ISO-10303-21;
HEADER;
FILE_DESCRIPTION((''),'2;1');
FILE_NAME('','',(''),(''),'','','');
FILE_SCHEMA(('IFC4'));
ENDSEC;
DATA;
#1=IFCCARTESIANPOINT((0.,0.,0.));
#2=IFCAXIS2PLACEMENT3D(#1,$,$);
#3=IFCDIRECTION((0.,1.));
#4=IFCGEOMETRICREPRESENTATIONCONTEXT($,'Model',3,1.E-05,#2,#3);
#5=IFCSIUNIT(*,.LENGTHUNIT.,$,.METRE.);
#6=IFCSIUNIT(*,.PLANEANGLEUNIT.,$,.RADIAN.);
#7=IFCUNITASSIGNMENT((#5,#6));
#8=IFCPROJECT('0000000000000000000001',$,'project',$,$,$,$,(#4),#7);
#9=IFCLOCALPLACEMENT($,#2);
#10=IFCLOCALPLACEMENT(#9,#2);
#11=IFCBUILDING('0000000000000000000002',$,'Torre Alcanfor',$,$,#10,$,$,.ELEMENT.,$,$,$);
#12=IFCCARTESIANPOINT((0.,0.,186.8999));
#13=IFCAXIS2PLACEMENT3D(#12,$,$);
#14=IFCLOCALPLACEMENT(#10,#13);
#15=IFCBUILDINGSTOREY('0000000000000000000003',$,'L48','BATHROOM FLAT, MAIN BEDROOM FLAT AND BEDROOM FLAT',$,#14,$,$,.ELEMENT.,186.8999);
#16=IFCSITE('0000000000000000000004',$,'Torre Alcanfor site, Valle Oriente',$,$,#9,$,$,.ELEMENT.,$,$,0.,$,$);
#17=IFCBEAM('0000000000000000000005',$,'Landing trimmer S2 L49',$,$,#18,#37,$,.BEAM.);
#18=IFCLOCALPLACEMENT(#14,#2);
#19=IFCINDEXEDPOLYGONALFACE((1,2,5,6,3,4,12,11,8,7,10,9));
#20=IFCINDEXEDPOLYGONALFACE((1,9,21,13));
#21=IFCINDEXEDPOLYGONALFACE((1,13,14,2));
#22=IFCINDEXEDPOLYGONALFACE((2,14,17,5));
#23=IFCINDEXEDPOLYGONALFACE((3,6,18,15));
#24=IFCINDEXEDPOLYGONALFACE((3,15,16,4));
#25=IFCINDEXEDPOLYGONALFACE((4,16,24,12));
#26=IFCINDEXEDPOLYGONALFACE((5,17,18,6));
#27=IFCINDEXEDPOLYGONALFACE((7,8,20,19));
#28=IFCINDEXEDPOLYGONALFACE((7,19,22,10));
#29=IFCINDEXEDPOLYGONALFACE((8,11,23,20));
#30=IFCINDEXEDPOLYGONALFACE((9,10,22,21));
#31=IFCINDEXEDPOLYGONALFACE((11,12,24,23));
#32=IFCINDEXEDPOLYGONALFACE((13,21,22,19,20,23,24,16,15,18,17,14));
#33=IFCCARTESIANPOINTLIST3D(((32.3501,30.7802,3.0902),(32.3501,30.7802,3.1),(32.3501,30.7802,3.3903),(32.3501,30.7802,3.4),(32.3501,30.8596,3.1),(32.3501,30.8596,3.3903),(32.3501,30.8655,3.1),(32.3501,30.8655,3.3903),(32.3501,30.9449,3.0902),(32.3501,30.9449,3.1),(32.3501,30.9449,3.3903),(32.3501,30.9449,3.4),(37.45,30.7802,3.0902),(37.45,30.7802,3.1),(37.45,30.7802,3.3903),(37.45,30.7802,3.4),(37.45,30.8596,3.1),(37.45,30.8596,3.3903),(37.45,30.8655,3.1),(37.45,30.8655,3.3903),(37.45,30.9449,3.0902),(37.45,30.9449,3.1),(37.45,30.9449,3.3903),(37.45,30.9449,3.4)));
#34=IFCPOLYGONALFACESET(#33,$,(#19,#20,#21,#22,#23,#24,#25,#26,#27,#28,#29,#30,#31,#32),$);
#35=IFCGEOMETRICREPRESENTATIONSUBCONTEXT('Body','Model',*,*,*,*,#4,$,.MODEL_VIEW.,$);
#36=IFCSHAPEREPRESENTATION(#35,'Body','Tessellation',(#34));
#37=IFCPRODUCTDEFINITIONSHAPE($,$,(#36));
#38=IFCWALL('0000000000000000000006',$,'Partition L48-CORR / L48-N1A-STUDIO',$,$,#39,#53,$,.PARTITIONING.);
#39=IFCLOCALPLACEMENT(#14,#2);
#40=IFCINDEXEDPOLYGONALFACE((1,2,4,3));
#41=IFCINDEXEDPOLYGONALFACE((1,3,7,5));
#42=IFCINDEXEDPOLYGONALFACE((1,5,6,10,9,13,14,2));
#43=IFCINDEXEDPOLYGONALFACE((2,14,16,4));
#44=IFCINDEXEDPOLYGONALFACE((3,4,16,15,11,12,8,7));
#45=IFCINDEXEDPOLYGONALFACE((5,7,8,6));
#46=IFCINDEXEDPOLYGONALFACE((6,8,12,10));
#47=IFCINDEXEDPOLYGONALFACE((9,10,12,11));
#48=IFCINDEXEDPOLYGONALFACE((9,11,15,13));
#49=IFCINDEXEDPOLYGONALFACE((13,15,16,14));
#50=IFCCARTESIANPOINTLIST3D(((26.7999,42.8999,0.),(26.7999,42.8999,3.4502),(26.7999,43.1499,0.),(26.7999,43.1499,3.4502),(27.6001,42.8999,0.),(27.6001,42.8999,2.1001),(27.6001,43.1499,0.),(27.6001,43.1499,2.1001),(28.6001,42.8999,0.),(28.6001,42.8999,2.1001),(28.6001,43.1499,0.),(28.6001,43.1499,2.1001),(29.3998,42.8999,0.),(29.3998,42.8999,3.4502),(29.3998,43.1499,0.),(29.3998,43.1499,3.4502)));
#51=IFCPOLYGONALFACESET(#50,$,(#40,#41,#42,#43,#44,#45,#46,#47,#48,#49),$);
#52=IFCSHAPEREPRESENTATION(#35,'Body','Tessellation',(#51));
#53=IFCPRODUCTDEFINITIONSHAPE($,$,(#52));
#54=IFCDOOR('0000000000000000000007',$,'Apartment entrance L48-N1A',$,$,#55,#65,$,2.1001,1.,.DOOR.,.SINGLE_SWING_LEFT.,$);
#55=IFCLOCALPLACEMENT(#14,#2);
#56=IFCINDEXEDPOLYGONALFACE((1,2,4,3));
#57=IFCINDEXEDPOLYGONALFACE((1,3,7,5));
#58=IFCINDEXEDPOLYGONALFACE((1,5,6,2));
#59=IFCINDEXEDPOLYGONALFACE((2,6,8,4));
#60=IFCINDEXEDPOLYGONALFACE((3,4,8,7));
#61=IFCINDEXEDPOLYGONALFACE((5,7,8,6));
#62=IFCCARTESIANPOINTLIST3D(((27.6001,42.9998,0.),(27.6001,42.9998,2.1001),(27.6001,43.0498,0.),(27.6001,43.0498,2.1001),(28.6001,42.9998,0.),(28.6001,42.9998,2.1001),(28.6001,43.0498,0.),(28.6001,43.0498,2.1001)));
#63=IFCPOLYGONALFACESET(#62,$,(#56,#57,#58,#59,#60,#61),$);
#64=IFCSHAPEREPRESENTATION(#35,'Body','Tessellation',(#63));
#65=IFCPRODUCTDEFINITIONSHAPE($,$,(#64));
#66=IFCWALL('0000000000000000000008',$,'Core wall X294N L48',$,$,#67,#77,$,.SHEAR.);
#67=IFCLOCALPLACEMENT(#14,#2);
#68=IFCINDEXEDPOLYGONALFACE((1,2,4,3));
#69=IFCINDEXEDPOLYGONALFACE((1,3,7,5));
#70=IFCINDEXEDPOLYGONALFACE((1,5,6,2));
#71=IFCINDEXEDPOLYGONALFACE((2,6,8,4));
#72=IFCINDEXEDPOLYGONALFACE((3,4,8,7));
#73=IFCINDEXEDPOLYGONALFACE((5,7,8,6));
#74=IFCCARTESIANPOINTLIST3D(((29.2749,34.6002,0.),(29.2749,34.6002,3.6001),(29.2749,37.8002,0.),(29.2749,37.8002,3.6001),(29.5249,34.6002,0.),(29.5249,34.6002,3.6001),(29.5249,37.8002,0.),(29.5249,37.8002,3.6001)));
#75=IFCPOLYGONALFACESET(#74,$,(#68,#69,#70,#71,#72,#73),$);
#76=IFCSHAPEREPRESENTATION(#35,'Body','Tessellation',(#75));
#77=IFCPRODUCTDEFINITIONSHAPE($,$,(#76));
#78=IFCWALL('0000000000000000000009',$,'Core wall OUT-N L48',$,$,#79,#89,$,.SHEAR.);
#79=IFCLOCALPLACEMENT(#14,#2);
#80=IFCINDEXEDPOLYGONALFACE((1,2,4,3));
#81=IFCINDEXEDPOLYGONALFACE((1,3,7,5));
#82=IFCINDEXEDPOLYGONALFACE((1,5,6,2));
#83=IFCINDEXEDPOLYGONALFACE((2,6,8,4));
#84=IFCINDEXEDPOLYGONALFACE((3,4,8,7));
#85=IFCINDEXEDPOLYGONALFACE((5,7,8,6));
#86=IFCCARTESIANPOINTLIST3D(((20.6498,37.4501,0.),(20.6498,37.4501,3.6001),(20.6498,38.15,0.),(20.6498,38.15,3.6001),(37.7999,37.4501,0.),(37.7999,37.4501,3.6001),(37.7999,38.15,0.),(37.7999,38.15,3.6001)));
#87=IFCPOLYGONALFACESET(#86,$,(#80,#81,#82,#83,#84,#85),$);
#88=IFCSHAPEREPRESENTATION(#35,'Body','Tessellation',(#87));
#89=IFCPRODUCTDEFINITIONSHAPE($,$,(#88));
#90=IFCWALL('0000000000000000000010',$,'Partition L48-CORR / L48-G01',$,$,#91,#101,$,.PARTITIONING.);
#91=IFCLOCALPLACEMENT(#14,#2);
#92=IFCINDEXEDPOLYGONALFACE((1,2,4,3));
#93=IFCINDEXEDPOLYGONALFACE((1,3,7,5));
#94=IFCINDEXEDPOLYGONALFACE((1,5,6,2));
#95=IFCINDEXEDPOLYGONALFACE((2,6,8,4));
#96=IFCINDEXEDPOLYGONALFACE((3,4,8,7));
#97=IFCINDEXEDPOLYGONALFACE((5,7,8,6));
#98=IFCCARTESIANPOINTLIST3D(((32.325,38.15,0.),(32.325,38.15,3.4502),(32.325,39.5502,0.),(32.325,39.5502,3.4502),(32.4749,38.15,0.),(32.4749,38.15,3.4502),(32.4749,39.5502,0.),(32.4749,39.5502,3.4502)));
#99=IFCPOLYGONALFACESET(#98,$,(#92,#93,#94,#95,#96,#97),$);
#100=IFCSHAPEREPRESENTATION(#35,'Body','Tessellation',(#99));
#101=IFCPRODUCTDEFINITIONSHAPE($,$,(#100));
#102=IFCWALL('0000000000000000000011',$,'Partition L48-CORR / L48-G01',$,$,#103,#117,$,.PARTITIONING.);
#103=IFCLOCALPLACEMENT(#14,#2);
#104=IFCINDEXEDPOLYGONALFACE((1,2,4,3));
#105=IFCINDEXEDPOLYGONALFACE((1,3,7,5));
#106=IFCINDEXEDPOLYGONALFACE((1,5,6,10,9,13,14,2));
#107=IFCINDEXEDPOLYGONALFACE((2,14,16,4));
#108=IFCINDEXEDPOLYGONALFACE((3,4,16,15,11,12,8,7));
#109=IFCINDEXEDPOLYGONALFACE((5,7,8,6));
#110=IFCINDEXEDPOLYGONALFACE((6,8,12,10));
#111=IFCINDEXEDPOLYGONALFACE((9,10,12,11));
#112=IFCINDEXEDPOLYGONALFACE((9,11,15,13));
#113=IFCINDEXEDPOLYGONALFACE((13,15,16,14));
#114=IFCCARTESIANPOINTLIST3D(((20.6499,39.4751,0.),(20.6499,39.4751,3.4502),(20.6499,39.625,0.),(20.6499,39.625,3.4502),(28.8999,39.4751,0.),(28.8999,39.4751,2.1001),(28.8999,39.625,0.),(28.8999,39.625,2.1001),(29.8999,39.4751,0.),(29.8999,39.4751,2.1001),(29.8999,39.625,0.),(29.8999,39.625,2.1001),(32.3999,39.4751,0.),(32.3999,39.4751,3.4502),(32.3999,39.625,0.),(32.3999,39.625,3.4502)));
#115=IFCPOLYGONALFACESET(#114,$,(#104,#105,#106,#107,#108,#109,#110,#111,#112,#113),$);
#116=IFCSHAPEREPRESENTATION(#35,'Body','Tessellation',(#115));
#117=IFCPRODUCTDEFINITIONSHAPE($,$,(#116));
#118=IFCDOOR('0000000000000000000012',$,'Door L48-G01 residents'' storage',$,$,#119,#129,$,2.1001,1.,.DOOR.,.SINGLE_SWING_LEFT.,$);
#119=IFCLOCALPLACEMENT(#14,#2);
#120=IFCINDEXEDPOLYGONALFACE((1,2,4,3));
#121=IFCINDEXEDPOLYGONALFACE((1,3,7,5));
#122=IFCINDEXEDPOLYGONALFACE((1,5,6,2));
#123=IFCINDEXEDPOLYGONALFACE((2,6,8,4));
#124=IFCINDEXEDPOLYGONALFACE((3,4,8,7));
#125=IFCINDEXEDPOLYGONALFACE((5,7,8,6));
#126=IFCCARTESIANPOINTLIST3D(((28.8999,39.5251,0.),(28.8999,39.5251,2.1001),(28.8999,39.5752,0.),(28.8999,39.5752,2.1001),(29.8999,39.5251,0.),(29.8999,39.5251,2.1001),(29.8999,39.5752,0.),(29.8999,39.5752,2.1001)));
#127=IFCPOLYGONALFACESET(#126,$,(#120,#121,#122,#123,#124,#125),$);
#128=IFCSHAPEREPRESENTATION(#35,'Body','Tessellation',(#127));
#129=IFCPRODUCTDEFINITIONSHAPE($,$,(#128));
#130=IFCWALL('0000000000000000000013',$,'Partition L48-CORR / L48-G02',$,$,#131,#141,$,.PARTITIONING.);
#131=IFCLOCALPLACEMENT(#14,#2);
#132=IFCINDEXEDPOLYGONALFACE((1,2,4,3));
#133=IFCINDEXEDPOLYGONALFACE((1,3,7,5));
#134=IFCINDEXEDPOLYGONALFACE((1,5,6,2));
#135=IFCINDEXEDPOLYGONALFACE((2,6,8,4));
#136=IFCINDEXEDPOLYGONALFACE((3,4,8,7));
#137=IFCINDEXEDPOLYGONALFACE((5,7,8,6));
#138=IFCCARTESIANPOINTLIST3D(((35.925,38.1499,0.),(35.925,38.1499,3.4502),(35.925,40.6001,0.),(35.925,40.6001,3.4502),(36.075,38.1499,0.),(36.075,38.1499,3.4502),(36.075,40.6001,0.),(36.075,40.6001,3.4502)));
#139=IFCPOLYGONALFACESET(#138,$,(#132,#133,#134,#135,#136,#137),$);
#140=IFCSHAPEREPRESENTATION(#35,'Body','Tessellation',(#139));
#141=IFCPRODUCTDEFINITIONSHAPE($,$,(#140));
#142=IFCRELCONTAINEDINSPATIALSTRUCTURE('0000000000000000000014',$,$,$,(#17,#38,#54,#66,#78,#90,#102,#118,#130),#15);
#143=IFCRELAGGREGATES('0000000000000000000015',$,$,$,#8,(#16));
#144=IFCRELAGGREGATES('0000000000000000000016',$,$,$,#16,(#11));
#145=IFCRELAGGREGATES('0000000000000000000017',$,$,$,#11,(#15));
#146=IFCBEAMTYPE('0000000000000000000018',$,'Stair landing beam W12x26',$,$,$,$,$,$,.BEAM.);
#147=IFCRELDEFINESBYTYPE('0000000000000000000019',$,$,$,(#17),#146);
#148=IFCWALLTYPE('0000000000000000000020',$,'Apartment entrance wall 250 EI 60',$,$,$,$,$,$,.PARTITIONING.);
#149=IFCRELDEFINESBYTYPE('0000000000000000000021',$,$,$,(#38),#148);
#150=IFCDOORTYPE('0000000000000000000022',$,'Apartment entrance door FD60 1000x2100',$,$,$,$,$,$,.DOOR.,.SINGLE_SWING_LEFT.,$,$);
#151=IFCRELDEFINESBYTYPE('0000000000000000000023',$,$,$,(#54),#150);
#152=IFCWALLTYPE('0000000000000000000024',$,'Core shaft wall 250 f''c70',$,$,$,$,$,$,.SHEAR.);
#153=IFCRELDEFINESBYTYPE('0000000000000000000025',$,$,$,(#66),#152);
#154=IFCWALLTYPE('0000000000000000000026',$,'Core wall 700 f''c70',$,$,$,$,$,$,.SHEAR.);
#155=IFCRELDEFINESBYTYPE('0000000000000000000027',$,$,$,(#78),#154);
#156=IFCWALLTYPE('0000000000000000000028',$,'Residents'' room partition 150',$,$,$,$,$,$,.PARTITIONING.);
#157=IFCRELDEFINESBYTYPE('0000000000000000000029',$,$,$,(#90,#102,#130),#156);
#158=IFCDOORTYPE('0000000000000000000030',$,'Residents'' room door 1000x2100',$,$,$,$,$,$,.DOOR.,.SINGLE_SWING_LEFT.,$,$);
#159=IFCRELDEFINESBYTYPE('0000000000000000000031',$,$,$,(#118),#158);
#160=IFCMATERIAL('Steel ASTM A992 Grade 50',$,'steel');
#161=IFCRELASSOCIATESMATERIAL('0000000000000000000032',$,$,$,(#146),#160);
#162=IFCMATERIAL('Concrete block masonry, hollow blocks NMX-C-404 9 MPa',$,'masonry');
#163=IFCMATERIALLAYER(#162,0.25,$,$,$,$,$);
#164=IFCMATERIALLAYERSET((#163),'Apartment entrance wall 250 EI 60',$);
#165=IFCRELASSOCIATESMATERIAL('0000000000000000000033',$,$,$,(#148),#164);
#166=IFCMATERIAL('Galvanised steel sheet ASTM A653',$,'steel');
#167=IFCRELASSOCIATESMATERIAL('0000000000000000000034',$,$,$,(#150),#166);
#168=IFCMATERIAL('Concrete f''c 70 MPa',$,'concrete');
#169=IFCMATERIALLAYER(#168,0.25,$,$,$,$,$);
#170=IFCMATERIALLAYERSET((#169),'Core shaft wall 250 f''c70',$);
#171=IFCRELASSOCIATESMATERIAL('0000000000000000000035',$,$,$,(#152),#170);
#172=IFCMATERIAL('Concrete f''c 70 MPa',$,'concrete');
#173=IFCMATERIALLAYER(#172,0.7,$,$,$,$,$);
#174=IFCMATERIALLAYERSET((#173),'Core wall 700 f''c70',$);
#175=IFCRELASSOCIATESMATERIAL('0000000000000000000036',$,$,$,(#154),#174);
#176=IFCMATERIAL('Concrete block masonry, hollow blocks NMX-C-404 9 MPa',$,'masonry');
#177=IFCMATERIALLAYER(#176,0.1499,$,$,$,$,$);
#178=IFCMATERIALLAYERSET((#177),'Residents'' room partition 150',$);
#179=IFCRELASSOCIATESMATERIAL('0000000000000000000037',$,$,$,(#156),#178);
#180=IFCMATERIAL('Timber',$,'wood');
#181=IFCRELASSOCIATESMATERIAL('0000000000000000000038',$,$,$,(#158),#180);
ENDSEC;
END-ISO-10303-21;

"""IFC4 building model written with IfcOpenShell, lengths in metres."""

from ifc_helpers import new_model, si_unit, direction, frame, frame_2d, origin, origin_2d, place, context, subcontext, project, spatial, rectangle, i_section, extrude, material, layer, layer_set, material_profile, profile_set, type_object, element, fill, save


model = new_model("IFC4")

# Units and contexts
model_context = context("Model", 3, precision=1e-05, world=origin(), true_north=direction((0.0, 1.0)))
body_context = subcontext(model_context, "Body", "Model", "MODEL_VIEW")
ifc_project = project(units=[si_unit("LENGTHUNIT", "METRE"), si_unit("PLANEANGLEUNIT", "RADIAN")], contexts=[model_context])

# Site, building, storey
site_placement = place(None, origin())
site = spatial("IfcSite", under=ifc_project, at=site_placement, Name="Torre Alcanfor site, Valle Oriente", CompositionType="ELEMENT", RefElevation=0.0)
building_placement = place(site_placement, origin())
building = spatial("IfcBuilding", under=site, at=building_placement, Name="Torre Alcanfor", CompositionType="ELEMENT")
storey_placement = place(building_placement, frame((0.0, 0.0, 186.8999)))
storey = spatial("IfcBuildingStorey", under=building, at=storey_placement, Name="L48", Description="BATHROOM FLAT, MAIN BEDROOM FLAT AND BEDROOM FLAT", CompositionType="ELEMENT", Elevation=186.8999)

# Beam
ifc_material_1 = material(Name="Steel ASTM A992 Grade 50", Category="steel")
ifc_material_profile_1 = material_profile(ifc_material_1, i_section(OverallWidth=0.1648, OverallDepth=0.3098, WebThickness=0.0059, FlangeThickness=0.0098, at=origin_2d()), Name="W12x26")
ifc_profile_set_1 = profile_set([ifc_material_profile_1], Name="Steel ASTM A992 Grade 50")
beam_type_1 = type_object("IfcBeamType", Name="Stair landing beam W12x26", PredefinedType="BEAM", material=ifc_profile_set_1)
beam_1_placement = place(storey_placement, frame((32.3501, 30.8625, 3.2451), z_axis=(1.0, 0.0, 0.0), x_axis=(0.0, 1.0, 0.0)))
element("IfcBeam", 1, at=beam_1_placement, inside=storey, type_object=beam_type_1, Name="Landing trimmer S2 L49", PredefinedType="BEAM", context=body_context, shape_type="SweptSolid", body=[
    extrude(i_section(OverallWidth=0.1648, OverallDepth=0.3098, WebThickness=0.0059, FlangeThickness=0.0098, at=origin_2d()), origin(), (0.0, 0.0, 1.0), 5.0999),
])

# Wall, opening, door
ifc_material_2 = material(Name="Concrete block masonry, hollow blocks NMX-C-404 9 MPa", Category="masonry")
ifc_layer_1 = layer(ifc_material_2, 0.25)
ifc_layer_set_1 = layer_set([ifc_layer_1], Name="Apartment entrance wall 250 EI 60")
wall_type_1 = type_object("IfcWallType", Name="Apartment entrance wall 250 EI 60", PredefinedType="PARTITIONING", material=ifc_layer_set_1)
wall_1_placement = place(storey_placement, frame((26.8, 43.0249, 0.0), z_axis=(0.0, 0.0, 1.0), x_axis=(1.0, 0.0, 0.0)))
wall_1 = element("IfcWall", 2, at=wall_1_placement, inside=storey, type_object=wall_type_1, Name="Partition L48-CORR / L48-N1A-STUDIO", PredefinedType="PARTITIONING", context=body_context, shape_type="SweptSolid", body=[
    extrude(rectangle(XDim=2.5999, YDim=0.25, at=frame_2d((1.2998, 0.0))), origin(), (0.0, 0.0, 1.0), 3.4502),
])
opening_1_placement = place(wall_1_placement, frame((0.8, 0.0, 0.0)))
opening_1 = element("IfcOpeningElement", 3, at=opening_1_placement, cuts=wall_1, PredefinedType="OPENING", context=body_context, shape_type="SweptSolid", body=[
    extrude(rectangle(XDim=1.0, YDim=2.1001, at=frame_2d((0.5, 1.05))), frame((0.0, 0.135, 0.0), z_axis=(0.0, -1.0, 0.0), x_axis=(1.0, 0.0, 0.0)), (0.0, 0.0, 1.0), 0.27),
])
ifc_material_3 = material(Name="Galvanised steel sheet ASTM A653", Category="steel")
door_type_1 = type_object("IfcDoorType", Name="Apartment entrance door FD60 1000x2100", OperationType="SINGLE_SWING_LEFT", PredefinedType="DOOR", material=ifc_material_3)
door_1_placement = place(opening_1_placement, origin())
door_1 = element("IfcDoor", 4, at=door_1_placement, inside=storey, type_object=door_type_1, Name="Apartment entrance L48-N1A", OperationType="SINGLE_SWING_LEFT", OverallHeight=2.1001, OverallWidth=1.0, PredefinedType="DOOR", context=body_context, shape_type="SweptSolid", body=[
    extrude(rectangle(XDim=1.0, YDim=2.1001, at=frame_2d((0.5, 1.05))), frame((0.0, 0.0249, 0.0), z_axis=(0.0, -1.0, 0.0), x_axis=(1.0, 0.0, 0.0)), (0.0, 0.0, 1.0), 0.05),
])
fill(opening_1, door_1)

# Walls
ifc_material_4 = material(Name="Concrete f'c 70 MPa", Category="concrete")
ifc_layer_2 = layer(ifc_material_4, 0.25)
ifc_layer_set_2 = layer_set([ifc_layer_2], Name="Core shaft wall 250 f'c70")
wall_type_2 = type_object("IfcWallType", Name="Core shaft wall 250 f'c70", PredefinedType="SHEAR", material=ifc_layer_set_2)
wall_2_placement = place(storey_placement, frame((29.3999, 34.6001, 0.0), z_axis=(0.0, 0.0, 1.0), x_axis=(0.0, 1.0, 0.0)))
element("IfcWall", 5, at=wall_2_placement, inside=storey, type_object=wall_type_2, Name="Core wall X294N L48", PredefinedType="SHEAR", context=body_context, shape_type="SweptSolid", body=[
    extrude(rectangle(XDim=3.2, YDim=0.25, at=frame_2d((1.6001, 0.0))), origin(), (0.0, 0.0, 1.0), 3.6001),
])
ifc_material_5 = material(Name="Concrete f'c 70 MPa", Category="concrete")
ifc_layer_3 = layer(ifc_material_5, 0.7)
ifc_layer_set_3 = layer_set([ifc_layer_3], Name="Core wall 700 f'c70")
wall_type_3 = type_object("IfcWallType", Name="Core wall 700 f'c70", PredefinedType="SHEAR", material=ifc_layer_set_3)
wall_3_placement = place(storey_placement, frame((37.8, 37.8, 0.0), z_axis=(0.0, 0.0, 1.0), x_axis=(-1.0, 0.0, 0.0)))
element("IfcWall", 6, at=wall_3_placement, inside=storey, type_object=wall_type_3, Name="Core wall OUT-N L48", PredefinedType="SHEAR", context=body_context, shape_type="SweptSolid", body=[
    extrude(rectangle(XDim=17.1501, YDim=0.7, at=frame_2d((8.5752, 0.0))), origin(), (0.0, 0.0, 1.0), 3.6001),
])
ifc_material_6 = material(Name="Concrete block masonry, hollow blocks NMX-C-404 9 MPa", Category="masonry")
ifc_layer_4 = layer(ifc_material_6, 0.1499)
ifc_layer_set_4 = layer_set([ifc_layer_4], Name="Residents' room partition 150")
wall_type_4 = type_object("IfcWallType", Name="Residents' room partition 150", PredefinedType="PARTITIONING", material=ifc_layer_set_4)
wall_4_placement = place(storey_placement, frame((32.3999, 38.1499, 0.0), z_axis=(0.0, 0.0, 1.0), x_axis=(0.0, 1.0, 0.0)))
element("IfcWall", 7, at=wall_4_placement, inside=storey, type_object=wall_type_4, Name="Partition L48-CORR / L48-G01", PredefinedType="PARTITIONING", context=body_context, shape_type="SweptSolid", body=[
    extrude(rectangle(XDim=1.4001, YDim=0.1499, at=frame_2d((0.7002, 0.0))), origin(), (0.0, 0.0, 1.0), 3.4502),
])

# Wall, opening, door
wall_5_placement = place(storey_placement, frame((32.3999, 39.55, 0.0), z_axis=(0.0, 0.0, 1.0), x_axis=(-1.0, 0.0, 0.0)))
wall_5 = element("IfcWall", 8, at=wall_5_placement, inside=storey, type_object=wall_type_4, Name="Partition L48-CORR / L48-G01", PredefinedType="PARTITIONING", context=body_context, shape_type="SweptSolid", body=[
    extrude(rectangle(XDim=11.75, YDim=0.1499, at=frame_2d((5.875, 0.0))), origin(), (0.0, 0.0, 1.0), 3.4502),
])
opening_2_placement = place(wall_5_placement, frame((2.5, 0.0, 0.0)))
opening_2 = element("IfcOpeningElement", 9, at=opening_2_placement, cuts=wall_5, PredefinedType="OPENING", context=body_context, shape_type="SweptSolid", body=[
    extrude(rectangle(XDim=1.0, YDim=2.1001, at=frame_2d((0.5, 1.05))), frame((0.0, 0.085, 0.0), z_axis=(0.0, -1.0, 0.0), x_axis=(1.0, 0.0, 0.0)), (0.0, 0.0, 1.0), 0.1699),
])
ifc_material_7 = material(Name="Timber", Category="wood")
door_type_2 = type_object("IfcDoorType", Name="Residents' room door 1000x2100", OperationType="SINGLE_SWING_LEFT", PredefinedType="DOOR", material=ifc_material_7)
door_2_placement = place(opening_2_placement, origin())
door_2 = element("IfcDoor", 10, at=door_2_placement, inside=storey, type_object=door_type_2, Name="Door L48-G01 residents' storage", OperationType="SINGLE_SWING_LEFT", OverallHeight=2.1001, OverallWidth=1.0, PredefinedType="DOOR", context=body_context, shape_type="SweptSolid", body=[
    extrude(rectangle(XDim=1.0, YDim=2.1001, at=frame_2d((0.5, 1.05))), frame((0.0, 0.0249, 0.0), z_axis=(0.0, -1.0, 0.0), x_axis=(1.0, 0.0, 0.0)), (0.0, 0.0, 1.0), 0.05),
])
fill(opening_2, door_2)

# Wall
wall_6_placement = place(storey_placement, frame((36.0, 40.6001, 0.0), z_axis=(0.0, 0.0, 1.0), x_axis=(0.0, -1.0, 0.0)))
element("IfcWall", 11, at=wall_6_placement, inside=storey, type_object=wall_type_4, Name="Partition L48-CORR / L48-G02", PredefinedType="PARTITIONING", context=body_context, shape_type="SweptSolid", body=[
    extrude(rectangle(XDim=2.4502, YDim=0.1499, at=frame_2d((1.2251, 0.0))), origin(), (0.0, 0.0, 1.0), 3.4502),
])

save(model, "model.ifc")
